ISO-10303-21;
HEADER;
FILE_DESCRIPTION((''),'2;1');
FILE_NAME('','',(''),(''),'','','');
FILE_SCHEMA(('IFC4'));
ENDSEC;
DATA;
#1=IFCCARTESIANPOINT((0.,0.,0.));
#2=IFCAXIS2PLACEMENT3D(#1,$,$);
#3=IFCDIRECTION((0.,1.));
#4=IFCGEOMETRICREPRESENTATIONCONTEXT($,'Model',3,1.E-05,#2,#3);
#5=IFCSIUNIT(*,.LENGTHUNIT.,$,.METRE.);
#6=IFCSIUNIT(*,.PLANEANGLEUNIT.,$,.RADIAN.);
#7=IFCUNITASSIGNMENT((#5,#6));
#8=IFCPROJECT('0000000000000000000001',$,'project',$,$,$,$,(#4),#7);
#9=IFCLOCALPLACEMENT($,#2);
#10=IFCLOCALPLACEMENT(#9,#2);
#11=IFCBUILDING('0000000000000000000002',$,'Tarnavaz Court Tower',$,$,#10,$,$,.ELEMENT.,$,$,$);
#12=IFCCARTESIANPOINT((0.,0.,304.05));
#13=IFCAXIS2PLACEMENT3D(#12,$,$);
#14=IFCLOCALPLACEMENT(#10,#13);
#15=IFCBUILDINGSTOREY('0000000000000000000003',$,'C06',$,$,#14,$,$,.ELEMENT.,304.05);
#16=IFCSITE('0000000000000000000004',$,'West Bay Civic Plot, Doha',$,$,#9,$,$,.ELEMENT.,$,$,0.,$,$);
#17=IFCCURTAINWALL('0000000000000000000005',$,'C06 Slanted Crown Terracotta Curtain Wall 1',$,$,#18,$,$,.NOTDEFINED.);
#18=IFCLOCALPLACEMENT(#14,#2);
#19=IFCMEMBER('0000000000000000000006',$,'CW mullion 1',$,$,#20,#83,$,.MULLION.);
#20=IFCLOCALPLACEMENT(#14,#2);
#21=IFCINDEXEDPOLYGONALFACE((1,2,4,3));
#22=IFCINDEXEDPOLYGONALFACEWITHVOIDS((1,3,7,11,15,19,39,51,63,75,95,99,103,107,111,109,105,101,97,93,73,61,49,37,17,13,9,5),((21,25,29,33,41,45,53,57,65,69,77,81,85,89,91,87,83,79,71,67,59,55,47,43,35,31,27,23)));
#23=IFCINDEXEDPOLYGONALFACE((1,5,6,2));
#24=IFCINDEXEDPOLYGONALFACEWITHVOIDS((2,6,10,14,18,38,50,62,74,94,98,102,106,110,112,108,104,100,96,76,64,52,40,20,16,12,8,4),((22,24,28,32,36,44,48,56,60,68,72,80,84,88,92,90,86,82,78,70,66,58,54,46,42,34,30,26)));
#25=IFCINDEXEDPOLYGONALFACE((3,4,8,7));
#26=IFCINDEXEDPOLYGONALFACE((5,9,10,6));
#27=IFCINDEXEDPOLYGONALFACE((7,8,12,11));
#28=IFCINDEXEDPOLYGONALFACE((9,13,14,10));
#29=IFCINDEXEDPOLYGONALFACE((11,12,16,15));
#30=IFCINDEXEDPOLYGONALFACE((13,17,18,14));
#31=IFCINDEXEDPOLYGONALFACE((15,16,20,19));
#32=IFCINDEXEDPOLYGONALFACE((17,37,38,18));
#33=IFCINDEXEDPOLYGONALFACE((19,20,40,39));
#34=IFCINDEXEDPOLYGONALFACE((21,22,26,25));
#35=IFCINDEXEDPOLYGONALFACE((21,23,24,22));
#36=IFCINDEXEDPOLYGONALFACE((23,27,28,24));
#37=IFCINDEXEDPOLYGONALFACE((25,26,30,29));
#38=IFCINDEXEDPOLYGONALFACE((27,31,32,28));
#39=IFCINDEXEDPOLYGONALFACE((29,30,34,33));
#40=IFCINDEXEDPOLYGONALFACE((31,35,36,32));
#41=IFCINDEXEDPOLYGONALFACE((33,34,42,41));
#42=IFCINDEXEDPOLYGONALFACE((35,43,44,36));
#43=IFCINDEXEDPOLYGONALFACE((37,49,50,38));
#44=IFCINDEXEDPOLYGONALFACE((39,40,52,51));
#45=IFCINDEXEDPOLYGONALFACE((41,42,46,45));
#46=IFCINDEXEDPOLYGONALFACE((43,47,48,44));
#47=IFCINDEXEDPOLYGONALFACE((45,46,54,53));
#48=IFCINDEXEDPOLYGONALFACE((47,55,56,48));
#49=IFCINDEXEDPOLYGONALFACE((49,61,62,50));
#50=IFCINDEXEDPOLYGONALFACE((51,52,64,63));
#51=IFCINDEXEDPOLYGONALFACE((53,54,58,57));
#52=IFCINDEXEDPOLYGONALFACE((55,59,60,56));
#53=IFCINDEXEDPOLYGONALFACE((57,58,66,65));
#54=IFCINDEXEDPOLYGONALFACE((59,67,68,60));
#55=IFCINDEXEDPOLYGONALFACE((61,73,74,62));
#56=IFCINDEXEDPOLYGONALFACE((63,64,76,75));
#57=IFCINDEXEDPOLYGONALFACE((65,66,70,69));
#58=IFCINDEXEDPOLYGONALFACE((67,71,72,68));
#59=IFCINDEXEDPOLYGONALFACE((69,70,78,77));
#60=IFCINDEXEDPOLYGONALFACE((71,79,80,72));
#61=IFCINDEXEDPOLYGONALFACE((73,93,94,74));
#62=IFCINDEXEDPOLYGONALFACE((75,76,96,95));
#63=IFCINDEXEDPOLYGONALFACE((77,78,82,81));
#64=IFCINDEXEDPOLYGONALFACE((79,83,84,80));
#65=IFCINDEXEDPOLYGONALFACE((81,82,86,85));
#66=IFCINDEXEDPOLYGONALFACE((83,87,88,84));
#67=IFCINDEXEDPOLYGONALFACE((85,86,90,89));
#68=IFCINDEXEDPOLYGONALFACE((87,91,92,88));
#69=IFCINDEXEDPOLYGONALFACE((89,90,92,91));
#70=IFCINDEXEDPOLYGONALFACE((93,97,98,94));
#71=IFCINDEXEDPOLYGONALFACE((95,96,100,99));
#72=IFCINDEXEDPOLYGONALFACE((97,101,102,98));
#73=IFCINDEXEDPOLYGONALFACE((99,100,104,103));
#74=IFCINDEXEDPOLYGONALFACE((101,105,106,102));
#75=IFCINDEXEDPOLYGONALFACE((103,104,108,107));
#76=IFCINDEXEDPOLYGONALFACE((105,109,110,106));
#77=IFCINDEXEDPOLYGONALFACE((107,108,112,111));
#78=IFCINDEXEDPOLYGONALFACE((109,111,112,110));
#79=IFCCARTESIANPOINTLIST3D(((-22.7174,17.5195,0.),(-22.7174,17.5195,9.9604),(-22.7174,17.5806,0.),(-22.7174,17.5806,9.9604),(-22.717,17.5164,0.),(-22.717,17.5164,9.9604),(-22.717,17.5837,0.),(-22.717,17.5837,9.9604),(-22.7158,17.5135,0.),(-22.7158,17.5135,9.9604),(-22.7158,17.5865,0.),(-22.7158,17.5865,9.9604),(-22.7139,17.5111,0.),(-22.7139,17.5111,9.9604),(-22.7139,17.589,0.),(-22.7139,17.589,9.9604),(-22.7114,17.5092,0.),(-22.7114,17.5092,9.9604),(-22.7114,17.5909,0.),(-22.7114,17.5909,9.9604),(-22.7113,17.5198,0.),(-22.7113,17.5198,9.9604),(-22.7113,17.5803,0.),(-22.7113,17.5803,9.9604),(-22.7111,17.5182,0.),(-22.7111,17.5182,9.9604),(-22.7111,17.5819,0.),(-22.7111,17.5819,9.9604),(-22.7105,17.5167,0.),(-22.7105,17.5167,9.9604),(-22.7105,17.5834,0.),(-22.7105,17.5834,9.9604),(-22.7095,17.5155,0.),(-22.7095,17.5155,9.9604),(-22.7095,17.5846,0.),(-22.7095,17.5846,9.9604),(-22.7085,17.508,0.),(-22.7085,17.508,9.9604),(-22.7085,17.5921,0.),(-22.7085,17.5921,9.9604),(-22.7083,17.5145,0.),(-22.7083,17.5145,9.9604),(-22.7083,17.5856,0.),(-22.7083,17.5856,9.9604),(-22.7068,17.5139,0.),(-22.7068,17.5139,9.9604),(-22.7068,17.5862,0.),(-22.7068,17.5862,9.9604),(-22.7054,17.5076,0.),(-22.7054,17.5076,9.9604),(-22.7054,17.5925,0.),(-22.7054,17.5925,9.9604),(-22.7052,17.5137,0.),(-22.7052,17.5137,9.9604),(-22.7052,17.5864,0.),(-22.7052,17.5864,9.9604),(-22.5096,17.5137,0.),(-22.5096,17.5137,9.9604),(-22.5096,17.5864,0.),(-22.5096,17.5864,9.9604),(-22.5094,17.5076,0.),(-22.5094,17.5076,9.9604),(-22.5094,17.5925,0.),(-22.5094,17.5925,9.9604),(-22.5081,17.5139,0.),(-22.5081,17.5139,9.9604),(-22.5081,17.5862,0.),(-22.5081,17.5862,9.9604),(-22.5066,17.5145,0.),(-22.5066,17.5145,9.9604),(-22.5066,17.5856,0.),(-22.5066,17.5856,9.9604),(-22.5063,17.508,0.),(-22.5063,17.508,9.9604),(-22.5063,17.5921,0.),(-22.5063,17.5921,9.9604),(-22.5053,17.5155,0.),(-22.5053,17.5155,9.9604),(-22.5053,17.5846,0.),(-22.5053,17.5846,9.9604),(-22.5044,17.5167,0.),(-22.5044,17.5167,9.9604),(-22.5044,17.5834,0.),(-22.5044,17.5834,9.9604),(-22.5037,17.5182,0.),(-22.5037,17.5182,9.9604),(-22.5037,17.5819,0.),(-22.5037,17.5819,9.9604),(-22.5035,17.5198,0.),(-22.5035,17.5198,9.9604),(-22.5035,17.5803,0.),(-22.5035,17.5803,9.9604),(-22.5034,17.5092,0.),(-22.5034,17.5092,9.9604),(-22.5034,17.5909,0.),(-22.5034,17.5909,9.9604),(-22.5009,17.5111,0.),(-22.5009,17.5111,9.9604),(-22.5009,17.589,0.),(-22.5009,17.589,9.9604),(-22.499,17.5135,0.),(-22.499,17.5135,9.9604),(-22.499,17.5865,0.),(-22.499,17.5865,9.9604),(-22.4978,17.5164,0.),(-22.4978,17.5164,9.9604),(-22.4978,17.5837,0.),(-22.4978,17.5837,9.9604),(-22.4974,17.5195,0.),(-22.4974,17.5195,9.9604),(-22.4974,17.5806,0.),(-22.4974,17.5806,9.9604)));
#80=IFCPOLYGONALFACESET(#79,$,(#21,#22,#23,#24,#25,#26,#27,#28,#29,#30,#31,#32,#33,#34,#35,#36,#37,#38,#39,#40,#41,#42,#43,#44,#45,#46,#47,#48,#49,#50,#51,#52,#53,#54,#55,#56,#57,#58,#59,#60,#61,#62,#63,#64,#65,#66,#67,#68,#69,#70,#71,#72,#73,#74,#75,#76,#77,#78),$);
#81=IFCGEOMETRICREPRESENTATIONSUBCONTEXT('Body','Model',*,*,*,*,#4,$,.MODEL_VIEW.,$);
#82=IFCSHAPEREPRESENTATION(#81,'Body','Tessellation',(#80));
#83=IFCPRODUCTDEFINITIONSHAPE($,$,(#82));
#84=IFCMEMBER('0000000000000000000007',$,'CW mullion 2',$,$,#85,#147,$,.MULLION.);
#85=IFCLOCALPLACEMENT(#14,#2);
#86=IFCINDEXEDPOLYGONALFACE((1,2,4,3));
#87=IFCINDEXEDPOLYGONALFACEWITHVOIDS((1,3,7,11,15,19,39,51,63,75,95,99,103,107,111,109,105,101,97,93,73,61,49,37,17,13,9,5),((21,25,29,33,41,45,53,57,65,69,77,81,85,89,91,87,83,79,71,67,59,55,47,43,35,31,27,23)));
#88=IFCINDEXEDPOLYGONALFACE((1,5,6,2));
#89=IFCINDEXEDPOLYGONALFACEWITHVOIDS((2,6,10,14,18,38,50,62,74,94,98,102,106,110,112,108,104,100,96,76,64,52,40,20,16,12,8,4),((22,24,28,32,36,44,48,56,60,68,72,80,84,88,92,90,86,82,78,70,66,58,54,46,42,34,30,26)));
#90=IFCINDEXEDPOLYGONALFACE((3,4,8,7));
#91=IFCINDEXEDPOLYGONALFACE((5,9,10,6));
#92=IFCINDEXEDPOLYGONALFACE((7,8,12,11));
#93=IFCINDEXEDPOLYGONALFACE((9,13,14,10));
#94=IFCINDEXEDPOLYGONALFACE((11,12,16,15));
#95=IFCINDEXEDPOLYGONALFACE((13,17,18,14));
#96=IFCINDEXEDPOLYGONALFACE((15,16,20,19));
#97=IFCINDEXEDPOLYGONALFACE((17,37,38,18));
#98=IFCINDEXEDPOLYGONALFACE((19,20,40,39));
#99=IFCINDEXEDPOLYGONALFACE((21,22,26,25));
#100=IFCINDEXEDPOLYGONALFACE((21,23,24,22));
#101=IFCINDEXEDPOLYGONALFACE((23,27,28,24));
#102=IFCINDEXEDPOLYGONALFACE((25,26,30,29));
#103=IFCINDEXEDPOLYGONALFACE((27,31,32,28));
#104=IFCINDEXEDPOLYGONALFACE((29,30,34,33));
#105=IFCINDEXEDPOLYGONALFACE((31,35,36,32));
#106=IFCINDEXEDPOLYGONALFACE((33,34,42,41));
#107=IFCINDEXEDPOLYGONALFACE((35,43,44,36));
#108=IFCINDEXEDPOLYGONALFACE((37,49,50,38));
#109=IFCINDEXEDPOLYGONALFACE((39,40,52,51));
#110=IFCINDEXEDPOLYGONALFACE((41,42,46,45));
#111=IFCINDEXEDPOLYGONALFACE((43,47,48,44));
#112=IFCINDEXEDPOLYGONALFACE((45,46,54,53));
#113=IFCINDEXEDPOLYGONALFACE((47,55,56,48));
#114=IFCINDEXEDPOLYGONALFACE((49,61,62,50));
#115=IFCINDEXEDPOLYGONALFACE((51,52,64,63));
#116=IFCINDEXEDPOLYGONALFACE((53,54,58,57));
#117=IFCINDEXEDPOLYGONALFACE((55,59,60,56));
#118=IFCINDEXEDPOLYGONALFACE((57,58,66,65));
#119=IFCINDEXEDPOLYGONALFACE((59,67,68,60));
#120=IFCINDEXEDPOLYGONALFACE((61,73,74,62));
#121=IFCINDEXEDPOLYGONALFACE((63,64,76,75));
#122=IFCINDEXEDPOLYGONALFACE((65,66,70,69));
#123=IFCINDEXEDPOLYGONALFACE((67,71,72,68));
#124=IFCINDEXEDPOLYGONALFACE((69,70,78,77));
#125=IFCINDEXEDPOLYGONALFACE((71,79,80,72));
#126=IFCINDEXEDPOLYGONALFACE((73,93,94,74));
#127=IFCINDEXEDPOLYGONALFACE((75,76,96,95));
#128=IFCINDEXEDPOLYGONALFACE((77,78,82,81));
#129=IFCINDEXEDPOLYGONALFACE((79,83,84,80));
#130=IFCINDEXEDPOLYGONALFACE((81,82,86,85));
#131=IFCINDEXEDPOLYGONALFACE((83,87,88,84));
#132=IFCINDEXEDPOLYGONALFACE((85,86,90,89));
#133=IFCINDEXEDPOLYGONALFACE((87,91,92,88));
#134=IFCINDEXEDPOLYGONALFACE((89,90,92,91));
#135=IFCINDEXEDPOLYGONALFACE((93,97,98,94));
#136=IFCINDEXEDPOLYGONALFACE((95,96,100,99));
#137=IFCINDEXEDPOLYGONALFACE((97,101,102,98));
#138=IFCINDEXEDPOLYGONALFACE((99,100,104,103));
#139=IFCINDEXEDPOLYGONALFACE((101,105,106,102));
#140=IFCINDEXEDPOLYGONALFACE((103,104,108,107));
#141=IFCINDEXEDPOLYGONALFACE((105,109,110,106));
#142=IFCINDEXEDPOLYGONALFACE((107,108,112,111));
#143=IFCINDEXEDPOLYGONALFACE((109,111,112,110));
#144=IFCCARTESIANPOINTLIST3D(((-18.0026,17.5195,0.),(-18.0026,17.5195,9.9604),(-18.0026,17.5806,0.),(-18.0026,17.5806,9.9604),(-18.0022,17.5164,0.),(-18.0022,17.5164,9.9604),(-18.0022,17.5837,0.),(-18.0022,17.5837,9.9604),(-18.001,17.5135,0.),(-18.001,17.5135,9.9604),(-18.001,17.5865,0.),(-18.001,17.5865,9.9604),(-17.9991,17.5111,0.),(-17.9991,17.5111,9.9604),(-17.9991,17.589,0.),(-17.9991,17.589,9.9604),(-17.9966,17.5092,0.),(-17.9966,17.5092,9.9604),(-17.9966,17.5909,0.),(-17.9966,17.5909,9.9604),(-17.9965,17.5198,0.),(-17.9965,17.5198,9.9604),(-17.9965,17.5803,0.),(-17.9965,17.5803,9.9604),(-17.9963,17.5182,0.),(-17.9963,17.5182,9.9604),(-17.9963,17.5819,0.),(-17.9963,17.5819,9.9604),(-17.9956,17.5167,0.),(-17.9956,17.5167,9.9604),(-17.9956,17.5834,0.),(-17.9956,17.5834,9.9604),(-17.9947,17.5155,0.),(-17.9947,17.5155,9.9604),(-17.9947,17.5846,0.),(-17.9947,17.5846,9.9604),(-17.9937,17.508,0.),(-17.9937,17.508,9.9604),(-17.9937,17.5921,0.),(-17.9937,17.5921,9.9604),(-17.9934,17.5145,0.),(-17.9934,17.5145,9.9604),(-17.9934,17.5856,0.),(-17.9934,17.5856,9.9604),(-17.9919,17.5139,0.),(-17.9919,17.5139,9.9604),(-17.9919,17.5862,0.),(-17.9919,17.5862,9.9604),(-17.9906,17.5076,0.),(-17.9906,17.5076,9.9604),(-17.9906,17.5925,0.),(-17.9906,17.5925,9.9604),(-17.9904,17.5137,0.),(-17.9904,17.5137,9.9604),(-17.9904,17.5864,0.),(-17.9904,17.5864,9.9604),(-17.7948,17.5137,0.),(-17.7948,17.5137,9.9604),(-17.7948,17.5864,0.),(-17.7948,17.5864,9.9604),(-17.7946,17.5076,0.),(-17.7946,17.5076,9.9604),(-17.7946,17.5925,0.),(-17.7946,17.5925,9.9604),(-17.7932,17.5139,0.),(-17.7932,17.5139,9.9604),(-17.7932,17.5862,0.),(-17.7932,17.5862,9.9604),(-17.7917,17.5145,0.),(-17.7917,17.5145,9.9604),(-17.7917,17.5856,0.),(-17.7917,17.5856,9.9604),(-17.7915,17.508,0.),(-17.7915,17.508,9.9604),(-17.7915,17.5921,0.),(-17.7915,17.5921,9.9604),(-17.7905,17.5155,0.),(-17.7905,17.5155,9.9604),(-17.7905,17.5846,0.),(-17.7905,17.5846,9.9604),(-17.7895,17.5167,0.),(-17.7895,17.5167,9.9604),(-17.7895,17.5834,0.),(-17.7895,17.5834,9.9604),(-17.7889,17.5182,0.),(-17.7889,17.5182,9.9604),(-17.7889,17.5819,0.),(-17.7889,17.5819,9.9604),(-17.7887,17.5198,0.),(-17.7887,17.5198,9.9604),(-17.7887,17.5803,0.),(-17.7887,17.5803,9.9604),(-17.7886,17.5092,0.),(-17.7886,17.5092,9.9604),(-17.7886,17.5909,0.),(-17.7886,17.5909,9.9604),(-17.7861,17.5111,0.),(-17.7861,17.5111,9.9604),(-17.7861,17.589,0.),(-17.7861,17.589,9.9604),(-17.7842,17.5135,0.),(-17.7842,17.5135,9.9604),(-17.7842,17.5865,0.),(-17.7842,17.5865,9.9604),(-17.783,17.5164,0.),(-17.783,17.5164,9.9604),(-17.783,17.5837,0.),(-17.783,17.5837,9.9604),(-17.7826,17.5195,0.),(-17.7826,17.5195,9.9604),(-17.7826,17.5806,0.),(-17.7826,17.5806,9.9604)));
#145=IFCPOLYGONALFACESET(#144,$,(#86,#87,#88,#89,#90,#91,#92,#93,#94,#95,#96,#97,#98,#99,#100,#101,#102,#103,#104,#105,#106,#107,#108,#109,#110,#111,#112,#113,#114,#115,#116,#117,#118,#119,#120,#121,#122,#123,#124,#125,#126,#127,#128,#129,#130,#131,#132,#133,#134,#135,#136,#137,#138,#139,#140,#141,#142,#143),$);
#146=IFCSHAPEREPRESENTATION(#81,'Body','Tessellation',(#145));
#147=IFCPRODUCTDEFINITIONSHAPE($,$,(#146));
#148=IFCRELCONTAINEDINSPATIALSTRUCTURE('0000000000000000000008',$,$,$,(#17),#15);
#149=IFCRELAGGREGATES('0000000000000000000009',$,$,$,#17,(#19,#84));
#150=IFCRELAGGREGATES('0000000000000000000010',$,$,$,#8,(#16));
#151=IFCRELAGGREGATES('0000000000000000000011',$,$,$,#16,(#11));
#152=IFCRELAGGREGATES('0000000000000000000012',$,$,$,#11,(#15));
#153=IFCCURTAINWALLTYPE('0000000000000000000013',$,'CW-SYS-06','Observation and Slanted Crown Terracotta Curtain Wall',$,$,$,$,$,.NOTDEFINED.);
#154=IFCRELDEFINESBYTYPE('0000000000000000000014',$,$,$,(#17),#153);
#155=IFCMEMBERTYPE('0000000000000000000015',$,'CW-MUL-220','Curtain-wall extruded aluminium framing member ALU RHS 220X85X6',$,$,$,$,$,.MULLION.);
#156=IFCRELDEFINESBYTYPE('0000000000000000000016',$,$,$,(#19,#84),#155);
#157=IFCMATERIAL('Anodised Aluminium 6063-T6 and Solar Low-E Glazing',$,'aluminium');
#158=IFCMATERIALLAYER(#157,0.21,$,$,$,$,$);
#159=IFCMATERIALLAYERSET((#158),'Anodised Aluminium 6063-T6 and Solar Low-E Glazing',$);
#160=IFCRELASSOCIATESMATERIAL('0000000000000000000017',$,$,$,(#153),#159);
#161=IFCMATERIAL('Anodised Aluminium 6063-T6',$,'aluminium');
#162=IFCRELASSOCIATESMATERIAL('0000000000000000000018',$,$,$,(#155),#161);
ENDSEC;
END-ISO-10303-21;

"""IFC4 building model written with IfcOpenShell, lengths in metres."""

from ifc_helpers import new_model, si_unit, direction, frame, origin, origin_2d, place, context, subcontext, project, spatial, hollow_rectangle, extrude, material, layer, layer_set, material_profile, profile_set, type_object, element, aggregate, save


model = new_model("IFC4")

# Units and contexts
model_context = context("Model", 3, precision=1e-05, world=origin(), true_north=direction((0.0, 1.0)))
body_context = subcontext(model_context, "Body", "Model", "MODEL_VIEW")
ifc_project = project(units=[si_unit("LENGTHUNIT", "METRE"), si_unit("PLANEANGLEUNIT", "RADIAN")], contexts=[model_context])

# Site, building, storey
site_placement = place(None, origin())
site = spatial("IfcSite", under=ifc_project, at=site_placement, Name="West Bay Civic Plot, Doha", CompositionType="ELEMENT", RefElevation=0.0)
building_placement = place(site_placement, origin())
building = spatial("IfcBuilding", under=site, at=building_placement, Name="Tarnavaz Court Tower", CompositionType="ELEMENT")
storey_placement = place(building_placement, frame((0.0, 0.0, 304.05)))
storey = spatial("IfcBuildingStorey", under=building, at=storey_placement, Name="C06", CompositionType="ELEMENT", Elevation=304.05)

# Curtain wall, members
ifc_material_1 = material(Name="Anodised Aluminium 6063-T6 and Solar Low-E Glazing", Category="aluminium")
ifc_layer_1 = layer(ifc_material_1, 0.21)
ifc_layer_set_1 = layer_set([ifc_layer_1], Name="Anodised Aluminium 6063-T6 and Solar Low-E Glazing")
curtain_wall_type = type_object("IfcCurtainWallType", Name="CW-SYS-06", Description="Observation and Slanted Crown Terracotta Curtain Wall", PredefinedType="NOTDEFINED", material=ifc_layer_set_1)
curtain_wall_1_placement = place(storey_placement, origin())
curtain_wall_1 = element("IfcCurtainWall", 1, at=curtain_wall_1_placement, inside=storey, type_object=curtain_wall_type, Name="C06 Slanted Crown Terracotta Curtain Wall 1", PredefinedType="NOTDEFINED")
ifc_material_2 = material(Name="Anodised Aluminium 6063-T6", Category="aluminium")
ifc_material_profile_1 = material_profile(ifc_material_2, hollow_rectangle(XDim=0.085, YDim=0.22, WallThickness=0.0061, InnerFilletRadius=0.0061, OuterFilletRadius=0.012, at=origin_2d()), Name="ALU RHS 220X85X6")
ifc_profile_set_1 = profile_set([ifc_material_profile_1], Name="Anodised Aluminium 6063-T6")
member_type_1 = type_object("IfcMemberType", Name="CW-MUL-220", Description="Curtain-wall extruded aluminium framing member ALU RHS 220X85X6", PredefinedType="MULLION", material=ifc_profile_set_1)
member_1_placement = place(storey_placement, frame((-22.6074, 17.55, 0.0), z_axis=(0.0, 0.0, 1.0), x_axis=(0.0, 1.0, 0.0)))
member_1 = element("IfcMember", 2, at=member_1_placement, type_object=member_type_1, Name="CW mullion 1", PredefinedType="MULLION", context=body_context, shape_type="SweptSolid", body=[
    extrude(hollow_rectangle(XDim=0.085, YDim=0.22, WallThickness=0.0061, InnerFilletRadius=0.0061, OuterFilletRadius=0.012, at=origin_2d()), origin(), (0.0, 0.0, 1.0), 9.9604),
])
member_2_placement = place(storey_placement, frame((-17.8926, 17.55, 0.0), z_axis=(0.0, 0.0, 1.0), x_axis=(0.0, 1.0, 0.0)))
member_2 = element("IfcMember", 3, at=member_2_placement, type_object=member_type_1, Name="CW mullion 2", PredefinedType="MULLION", context=body_context, shape_type="SweptSolid", body=[
    extrude(hollow_rectangle(XDim=0.085, YDim=0.22, WallThickness=0.0061, InnerFilletRadius=0.0061, OuterFilletRadius=0.012, at=origin_2d()), origin(), (0.0, 0.0, 1.0), 9.9604),
])

aggregate(curtain_wall_1, [member_1, member_2])

save(model, "model.ifc")
